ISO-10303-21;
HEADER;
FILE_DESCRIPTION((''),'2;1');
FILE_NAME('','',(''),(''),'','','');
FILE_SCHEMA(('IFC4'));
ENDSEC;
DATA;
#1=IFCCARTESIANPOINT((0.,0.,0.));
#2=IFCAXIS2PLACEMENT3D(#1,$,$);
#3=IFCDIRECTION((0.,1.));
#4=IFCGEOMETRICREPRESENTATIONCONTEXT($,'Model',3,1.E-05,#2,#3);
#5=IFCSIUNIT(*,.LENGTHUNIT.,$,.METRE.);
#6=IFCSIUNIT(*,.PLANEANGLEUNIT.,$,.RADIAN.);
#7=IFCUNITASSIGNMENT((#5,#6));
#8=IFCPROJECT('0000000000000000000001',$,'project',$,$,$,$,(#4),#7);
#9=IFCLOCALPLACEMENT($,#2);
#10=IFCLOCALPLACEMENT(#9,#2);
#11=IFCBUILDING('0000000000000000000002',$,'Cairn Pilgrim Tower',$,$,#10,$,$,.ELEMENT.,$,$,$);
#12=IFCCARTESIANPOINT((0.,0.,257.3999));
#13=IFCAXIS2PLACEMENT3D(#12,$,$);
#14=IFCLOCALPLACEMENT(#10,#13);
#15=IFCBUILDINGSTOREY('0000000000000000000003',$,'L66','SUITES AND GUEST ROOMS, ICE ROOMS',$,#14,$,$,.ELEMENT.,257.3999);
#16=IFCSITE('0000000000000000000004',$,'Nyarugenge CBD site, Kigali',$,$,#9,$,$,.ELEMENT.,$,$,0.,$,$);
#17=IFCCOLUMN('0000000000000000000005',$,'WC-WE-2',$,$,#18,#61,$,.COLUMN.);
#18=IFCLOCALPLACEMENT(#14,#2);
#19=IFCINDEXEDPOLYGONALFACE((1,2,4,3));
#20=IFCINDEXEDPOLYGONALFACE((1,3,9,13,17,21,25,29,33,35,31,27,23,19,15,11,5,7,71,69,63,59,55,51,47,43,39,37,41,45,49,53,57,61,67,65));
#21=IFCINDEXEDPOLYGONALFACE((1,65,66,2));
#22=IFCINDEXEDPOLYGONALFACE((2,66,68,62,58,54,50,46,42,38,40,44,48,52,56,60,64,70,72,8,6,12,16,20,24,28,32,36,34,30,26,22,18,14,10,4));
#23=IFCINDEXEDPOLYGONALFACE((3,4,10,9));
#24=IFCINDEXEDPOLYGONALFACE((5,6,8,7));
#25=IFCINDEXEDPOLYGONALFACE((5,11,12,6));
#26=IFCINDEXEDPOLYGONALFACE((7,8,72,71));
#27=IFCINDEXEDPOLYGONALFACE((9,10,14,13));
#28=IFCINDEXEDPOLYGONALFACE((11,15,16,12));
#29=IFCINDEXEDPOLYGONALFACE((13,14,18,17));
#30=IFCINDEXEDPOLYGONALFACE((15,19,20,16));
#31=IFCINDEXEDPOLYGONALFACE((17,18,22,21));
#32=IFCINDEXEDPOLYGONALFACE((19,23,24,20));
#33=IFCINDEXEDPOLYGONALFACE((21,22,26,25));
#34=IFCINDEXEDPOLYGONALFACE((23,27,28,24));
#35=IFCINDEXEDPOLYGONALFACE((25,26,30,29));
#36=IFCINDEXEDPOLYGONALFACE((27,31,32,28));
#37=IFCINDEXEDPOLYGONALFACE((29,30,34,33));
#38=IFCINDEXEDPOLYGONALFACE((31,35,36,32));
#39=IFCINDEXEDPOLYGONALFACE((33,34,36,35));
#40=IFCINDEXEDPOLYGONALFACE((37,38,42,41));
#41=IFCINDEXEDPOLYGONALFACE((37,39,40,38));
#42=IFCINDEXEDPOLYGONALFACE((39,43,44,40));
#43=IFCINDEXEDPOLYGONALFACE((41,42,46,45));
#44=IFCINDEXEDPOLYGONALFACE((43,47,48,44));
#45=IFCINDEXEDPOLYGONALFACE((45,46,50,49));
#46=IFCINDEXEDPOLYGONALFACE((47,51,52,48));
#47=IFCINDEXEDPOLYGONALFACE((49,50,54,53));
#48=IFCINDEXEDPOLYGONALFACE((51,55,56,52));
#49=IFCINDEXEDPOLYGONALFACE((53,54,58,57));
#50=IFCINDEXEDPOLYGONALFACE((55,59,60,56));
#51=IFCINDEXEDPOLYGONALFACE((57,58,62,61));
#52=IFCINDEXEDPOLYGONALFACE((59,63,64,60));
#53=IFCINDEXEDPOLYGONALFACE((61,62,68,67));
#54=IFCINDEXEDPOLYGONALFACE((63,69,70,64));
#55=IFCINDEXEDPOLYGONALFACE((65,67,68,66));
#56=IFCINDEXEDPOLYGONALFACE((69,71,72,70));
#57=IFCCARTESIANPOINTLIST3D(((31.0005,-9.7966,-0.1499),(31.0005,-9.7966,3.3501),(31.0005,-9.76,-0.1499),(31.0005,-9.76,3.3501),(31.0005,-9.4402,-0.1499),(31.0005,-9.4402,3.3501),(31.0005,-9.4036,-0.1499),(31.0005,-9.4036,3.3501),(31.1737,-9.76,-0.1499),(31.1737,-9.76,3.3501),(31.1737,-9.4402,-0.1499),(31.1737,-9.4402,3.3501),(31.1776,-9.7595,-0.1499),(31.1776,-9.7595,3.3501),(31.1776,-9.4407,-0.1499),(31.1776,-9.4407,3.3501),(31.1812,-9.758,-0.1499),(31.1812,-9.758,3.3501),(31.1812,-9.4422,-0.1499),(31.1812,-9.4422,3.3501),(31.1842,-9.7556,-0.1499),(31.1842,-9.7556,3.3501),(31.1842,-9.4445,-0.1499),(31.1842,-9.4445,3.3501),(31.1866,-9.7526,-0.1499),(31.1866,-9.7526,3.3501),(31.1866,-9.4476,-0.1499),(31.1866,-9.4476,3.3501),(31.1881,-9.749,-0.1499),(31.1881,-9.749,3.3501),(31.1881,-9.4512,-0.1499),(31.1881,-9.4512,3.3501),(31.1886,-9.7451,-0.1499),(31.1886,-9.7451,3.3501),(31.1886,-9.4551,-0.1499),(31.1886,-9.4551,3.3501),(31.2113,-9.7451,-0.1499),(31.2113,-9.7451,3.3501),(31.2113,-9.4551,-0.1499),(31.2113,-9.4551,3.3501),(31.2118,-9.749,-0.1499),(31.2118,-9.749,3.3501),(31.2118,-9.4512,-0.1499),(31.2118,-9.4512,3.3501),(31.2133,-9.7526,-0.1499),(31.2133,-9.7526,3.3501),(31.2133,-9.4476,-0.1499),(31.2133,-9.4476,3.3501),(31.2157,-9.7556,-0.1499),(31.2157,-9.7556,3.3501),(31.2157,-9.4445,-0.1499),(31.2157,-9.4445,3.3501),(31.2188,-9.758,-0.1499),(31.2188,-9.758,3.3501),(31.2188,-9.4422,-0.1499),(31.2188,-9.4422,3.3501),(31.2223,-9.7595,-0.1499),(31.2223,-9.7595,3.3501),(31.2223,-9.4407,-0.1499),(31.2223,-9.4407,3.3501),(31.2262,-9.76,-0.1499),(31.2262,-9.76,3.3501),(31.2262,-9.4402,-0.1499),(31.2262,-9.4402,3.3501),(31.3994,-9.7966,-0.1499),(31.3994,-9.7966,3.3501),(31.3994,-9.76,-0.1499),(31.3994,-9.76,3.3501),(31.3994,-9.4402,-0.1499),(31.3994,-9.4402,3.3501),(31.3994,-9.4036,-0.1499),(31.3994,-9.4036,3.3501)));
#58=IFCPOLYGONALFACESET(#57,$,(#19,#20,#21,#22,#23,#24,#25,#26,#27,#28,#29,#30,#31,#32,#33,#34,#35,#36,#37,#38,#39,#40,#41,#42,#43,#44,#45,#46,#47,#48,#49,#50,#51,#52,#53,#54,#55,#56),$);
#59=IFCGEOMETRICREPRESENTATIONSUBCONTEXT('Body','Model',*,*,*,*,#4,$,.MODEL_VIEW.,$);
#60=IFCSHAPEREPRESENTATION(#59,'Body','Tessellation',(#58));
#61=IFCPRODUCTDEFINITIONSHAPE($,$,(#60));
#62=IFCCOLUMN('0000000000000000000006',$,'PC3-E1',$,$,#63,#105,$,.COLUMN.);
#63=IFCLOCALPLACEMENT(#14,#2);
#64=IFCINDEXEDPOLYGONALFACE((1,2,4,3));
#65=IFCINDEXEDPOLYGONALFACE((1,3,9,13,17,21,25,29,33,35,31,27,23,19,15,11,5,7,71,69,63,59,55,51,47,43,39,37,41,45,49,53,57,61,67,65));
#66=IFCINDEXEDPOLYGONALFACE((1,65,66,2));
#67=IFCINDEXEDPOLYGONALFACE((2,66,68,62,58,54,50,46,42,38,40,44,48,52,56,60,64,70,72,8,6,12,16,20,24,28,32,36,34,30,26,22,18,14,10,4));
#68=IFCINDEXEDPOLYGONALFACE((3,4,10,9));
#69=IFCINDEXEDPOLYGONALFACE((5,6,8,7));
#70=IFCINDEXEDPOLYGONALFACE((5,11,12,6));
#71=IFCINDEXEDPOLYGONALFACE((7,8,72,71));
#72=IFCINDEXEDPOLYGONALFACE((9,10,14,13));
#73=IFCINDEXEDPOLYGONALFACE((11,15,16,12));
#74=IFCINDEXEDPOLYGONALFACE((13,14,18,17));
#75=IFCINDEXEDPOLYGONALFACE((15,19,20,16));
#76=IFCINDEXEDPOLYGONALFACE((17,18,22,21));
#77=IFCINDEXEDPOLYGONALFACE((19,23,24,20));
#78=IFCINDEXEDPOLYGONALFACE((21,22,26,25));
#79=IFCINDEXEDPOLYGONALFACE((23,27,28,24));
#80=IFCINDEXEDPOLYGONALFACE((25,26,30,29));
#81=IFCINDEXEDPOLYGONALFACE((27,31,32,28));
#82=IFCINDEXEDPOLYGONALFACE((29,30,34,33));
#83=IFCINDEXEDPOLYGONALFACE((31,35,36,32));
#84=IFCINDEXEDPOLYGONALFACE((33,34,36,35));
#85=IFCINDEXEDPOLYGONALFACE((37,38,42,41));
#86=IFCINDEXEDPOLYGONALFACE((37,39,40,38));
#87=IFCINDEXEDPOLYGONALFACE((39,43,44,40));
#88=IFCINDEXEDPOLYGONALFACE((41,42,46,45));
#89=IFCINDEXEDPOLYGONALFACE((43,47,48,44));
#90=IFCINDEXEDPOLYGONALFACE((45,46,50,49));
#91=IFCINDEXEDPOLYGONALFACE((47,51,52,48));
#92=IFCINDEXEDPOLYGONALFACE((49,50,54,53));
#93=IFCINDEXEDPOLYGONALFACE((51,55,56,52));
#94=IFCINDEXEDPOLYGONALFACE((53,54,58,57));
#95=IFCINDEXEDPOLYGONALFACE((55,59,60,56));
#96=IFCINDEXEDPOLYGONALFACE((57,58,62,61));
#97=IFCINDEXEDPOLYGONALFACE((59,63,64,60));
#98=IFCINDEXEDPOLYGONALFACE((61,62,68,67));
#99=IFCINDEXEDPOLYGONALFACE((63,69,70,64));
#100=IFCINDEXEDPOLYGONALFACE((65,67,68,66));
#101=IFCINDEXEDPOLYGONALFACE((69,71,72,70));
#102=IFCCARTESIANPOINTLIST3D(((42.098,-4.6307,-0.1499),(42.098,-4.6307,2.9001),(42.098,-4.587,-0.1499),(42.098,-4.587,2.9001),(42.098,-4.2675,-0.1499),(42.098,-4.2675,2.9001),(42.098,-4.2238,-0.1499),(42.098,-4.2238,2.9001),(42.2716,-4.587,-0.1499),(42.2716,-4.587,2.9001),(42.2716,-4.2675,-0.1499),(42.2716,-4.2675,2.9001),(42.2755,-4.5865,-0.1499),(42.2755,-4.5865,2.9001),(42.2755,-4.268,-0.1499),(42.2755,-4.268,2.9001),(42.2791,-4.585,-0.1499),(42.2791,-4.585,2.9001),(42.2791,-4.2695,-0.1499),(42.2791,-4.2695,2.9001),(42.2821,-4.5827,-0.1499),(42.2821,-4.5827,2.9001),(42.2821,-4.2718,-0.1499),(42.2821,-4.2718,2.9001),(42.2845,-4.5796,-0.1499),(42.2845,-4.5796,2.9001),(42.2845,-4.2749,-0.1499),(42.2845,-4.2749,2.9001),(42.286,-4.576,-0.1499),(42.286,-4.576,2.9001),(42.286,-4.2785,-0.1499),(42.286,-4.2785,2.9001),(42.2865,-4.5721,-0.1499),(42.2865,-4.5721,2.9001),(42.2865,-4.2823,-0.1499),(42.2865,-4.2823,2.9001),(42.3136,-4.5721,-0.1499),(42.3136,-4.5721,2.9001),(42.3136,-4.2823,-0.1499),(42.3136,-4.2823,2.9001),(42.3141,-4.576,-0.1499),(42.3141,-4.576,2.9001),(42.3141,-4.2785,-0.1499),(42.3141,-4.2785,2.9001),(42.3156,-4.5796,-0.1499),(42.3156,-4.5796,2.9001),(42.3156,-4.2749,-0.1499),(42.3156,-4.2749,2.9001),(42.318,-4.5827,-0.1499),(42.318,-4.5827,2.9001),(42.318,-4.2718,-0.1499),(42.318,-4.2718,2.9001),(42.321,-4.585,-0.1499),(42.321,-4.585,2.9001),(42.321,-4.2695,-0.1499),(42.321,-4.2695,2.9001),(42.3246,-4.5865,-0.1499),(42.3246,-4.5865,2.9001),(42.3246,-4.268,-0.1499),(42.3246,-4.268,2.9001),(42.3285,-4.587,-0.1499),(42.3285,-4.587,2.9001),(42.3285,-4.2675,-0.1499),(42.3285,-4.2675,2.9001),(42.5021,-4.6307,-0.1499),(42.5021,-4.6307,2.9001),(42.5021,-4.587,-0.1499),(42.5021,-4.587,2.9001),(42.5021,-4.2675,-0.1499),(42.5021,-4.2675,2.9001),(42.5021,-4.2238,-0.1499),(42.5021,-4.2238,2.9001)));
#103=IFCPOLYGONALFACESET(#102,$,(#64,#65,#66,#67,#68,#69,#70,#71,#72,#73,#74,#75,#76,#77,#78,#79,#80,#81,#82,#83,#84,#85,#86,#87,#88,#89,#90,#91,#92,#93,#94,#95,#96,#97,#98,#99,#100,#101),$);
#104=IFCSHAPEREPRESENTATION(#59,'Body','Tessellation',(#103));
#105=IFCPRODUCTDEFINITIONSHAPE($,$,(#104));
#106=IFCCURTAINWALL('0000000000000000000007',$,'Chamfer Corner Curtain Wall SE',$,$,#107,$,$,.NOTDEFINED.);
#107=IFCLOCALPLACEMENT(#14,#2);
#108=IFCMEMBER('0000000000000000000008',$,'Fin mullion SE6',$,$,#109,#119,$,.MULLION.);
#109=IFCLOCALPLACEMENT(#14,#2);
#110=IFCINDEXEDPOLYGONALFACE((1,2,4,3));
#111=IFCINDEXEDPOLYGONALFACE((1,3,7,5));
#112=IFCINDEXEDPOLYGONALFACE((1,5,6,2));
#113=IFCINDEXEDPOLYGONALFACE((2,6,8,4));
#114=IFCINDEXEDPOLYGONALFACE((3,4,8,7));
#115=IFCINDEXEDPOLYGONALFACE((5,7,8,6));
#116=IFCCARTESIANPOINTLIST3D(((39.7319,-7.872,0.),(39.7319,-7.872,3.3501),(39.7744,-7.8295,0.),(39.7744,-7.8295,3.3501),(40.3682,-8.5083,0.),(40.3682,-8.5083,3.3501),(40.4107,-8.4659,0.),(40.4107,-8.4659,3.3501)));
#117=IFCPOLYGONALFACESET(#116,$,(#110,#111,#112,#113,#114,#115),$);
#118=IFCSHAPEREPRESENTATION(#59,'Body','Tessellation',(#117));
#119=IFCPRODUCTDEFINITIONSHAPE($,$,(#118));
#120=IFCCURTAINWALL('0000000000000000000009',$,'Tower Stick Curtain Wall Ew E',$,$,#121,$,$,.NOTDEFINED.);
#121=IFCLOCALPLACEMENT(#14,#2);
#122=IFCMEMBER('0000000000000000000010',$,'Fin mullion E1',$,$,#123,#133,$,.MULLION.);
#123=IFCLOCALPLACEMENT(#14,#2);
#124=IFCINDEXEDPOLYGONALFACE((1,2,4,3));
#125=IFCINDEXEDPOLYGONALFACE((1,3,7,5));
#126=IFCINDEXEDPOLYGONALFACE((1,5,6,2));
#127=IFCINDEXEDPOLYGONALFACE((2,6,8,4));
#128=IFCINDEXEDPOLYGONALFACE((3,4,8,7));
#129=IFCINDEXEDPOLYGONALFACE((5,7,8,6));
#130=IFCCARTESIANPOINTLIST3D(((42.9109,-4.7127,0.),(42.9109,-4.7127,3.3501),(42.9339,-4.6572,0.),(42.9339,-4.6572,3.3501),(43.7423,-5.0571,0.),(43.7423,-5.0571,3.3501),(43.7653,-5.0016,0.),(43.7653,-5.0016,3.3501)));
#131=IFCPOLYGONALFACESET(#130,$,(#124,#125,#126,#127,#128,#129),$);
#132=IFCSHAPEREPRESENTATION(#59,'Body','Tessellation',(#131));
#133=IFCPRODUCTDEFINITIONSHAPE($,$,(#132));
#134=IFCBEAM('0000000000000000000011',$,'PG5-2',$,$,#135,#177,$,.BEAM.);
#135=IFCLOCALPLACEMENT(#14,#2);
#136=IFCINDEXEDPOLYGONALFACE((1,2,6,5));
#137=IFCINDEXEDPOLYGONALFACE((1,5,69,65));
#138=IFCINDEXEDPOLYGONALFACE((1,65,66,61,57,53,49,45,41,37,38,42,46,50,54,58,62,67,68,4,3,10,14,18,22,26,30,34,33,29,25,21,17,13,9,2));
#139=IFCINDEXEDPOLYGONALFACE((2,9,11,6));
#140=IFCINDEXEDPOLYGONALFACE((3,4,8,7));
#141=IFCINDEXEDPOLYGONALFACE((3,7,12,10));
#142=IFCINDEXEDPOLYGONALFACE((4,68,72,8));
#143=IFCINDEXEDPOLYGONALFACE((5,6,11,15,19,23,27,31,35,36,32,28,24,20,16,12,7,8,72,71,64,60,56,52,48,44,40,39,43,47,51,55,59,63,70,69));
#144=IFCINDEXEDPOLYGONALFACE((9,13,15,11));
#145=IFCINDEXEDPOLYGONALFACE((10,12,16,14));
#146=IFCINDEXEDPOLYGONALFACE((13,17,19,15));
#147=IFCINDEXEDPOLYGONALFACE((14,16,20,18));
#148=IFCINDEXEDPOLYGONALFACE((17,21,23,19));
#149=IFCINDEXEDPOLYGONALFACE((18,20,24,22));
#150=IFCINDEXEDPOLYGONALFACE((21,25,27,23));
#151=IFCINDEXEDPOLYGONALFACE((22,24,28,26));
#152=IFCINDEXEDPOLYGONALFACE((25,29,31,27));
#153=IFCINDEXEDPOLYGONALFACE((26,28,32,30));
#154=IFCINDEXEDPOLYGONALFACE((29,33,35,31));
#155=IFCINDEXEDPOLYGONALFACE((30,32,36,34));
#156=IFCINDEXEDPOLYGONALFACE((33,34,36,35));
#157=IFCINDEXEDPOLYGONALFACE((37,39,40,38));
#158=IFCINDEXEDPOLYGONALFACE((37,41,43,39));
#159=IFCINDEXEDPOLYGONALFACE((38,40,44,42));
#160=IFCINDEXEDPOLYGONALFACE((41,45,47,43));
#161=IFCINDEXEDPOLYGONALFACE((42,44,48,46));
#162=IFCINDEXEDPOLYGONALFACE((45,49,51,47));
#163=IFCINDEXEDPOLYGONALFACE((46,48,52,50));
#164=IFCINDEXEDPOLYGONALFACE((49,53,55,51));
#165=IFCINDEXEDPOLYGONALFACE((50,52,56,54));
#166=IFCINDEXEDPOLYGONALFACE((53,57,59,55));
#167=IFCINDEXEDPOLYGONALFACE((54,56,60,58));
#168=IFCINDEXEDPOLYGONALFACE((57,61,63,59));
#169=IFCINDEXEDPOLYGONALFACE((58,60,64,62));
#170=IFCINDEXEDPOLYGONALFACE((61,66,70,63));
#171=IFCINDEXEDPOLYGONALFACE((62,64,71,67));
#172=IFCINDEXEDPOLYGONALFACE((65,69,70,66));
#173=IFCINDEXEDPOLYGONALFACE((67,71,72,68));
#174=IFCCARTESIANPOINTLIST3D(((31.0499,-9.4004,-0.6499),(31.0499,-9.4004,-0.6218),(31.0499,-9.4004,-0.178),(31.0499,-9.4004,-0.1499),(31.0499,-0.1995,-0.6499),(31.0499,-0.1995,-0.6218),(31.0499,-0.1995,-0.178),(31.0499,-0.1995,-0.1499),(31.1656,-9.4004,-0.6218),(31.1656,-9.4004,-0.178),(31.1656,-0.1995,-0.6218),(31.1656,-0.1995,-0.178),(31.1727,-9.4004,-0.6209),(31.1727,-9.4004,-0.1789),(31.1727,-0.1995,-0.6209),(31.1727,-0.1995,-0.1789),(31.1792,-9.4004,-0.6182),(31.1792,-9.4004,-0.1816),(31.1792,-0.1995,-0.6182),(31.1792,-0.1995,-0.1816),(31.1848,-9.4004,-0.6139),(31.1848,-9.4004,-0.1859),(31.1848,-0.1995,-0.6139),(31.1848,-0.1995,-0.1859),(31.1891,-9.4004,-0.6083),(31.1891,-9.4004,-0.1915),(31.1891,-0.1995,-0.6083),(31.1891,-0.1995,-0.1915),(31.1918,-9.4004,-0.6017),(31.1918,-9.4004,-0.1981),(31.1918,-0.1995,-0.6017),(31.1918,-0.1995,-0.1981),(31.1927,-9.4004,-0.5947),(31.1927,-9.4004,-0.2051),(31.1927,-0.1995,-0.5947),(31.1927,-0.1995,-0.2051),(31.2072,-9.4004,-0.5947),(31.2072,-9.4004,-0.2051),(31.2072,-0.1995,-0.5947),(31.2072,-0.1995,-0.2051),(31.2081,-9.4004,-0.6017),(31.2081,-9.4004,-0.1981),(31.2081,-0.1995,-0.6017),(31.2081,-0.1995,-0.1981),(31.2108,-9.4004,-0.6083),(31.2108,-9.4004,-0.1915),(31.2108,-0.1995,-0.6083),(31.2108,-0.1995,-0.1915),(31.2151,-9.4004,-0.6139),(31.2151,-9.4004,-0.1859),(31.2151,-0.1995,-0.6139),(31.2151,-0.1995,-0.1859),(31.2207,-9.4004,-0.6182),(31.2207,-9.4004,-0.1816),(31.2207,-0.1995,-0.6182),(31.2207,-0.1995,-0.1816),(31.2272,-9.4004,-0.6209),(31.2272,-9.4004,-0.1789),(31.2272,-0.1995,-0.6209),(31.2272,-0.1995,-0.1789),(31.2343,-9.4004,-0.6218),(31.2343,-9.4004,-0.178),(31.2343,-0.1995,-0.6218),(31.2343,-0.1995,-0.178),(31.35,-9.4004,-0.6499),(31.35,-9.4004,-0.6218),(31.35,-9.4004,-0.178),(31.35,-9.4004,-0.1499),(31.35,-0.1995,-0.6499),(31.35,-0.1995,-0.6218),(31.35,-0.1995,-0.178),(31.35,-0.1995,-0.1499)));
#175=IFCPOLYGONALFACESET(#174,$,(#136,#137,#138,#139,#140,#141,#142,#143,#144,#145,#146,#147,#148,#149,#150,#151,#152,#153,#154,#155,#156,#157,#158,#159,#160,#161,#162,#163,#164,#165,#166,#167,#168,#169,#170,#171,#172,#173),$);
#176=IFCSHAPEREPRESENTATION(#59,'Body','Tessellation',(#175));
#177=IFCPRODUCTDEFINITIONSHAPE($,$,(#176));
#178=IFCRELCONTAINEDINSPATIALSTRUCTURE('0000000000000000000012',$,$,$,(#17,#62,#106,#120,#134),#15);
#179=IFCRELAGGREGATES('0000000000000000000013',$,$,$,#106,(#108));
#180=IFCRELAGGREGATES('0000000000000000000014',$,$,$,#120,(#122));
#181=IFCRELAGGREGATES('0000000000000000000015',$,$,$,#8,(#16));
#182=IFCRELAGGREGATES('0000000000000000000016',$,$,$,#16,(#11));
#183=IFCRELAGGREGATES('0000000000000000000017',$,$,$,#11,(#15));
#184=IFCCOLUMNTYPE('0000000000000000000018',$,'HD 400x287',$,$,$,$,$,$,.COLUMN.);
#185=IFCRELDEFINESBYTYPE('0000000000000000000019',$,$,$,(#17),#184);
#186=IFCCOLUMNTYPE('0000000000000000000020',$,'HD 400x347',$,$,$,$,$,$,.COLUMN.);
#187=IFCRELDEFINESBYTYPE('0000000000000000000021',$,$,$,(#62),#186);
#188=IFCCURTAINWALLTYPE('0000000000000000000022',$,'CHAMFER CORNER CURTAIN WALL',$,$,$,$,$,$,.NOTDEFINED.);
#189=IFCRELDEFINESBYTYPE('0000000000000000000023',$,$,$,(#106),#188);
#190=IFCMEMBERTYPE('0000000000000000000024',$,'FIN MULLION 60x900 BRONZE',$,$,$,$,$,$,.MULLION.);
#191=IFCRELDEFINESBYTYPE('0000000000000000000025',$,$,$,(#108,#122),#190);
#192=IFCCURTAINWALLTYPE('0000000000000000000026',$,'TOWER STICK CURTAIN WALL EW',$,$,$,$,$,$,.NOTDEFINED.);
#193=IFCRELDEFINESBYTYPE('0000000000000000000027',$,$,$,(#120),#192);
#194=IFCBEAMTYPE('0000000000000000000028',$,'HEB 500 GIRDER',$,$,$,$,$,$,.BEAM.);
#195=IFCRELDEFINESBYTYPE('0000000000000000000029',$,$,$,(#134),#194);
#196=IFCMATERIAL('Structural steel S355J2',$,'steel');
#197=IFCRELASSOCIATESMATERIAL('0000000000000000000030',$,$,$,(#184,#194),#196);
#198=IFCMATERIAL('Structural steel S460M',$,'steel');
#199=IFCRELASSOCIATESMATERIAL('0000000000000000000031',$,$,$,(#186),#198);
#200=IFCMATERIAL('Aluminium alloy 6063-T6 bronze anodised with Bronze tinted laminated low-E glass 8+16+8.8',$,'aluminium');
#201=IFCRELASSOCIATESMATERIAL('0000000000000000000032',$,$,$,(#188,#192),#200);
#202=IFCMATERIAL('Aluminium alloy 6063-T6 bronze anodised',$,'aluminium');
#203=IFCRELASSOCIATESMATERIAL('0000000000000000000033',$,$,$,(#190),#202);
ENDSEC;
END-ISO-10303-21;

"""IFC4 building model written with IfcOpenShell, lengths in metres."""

from ifc_helpers import new_model, si_unit, direction, frame, origin, origin_2d, place, context, subcontext, project, spatial, rectangle, i_section, extrude, clip, halfspace, material, material_profile, profile_set, type_object, element, aggregate, save


model = new_model("IFC4")

# Units and contexts
model_context = context("Model", 3, precision=1e-05, world=origin(), true_north=direction((0.0, 1.0)))
body_context = subcontext(model_context, "Body", "Model", "MODEL_VIEW")
ifc_project = project(units=[si_unit("LENGTHUNIT", "METRE"), si_unit("PLANEANGLEUNIT", "RADIAN")], contexts=[model_context])

# Site, building, storey
site_placement = place(None, origin())
site = spatial("IfcSite", under=ifc_project, at=site_placement, Name="Nyarugenge CBD site, Kigali", CompositionType="ELEMENT", RefElevation=0.0)
building_placement = place(site_placement, origin())
building = spatial("IfcBuilding", under=site, at=building_placement, Name="Cairn Pilgrim Tower", CompositionType="ELEMENT")
storey_placement = place(building_placement, frame((0.0, 0.0, 257.3999)))
storey = spatial("IfcBuildingStorey", under=building, at=storey_placement, Name="L66", Description="SUITES AND GUEST ROOMS, ICE ROOMS", CompositionType="ELEMENT", Elevation=257.3999)

# Columns
ifc_material_1 = material(Name="Structural steel S355J2", Category="steel")
ifc_material_profile_1 = material_profile(ifc_material_1, i_section(OverallWidth=0.3989, OverallDepth=0.3931, WebThickness=0.0227, FlangeThickness=0.0366, FilletRadius=0.0149, at=origin_2d()), Name="HD 400x287")
ifc_profile_set_1 = profile_set([ifc_material_profile_1], Name="Structural steel S355J2")
column_type_1 = type_object("IfcColumnType", Name="HD 400x287", PredefinedType="COLUMN", material=ifc_profile_set_1)
column_1_placement = place(storey_placement, frame((31.2, -9.6001, -0.1499), z_axis=(0.0, 0.0, 1.0), x_axis=(1.0, 0.0, 0.0)))
element("IfcColumn", 1, at=column_1_placement, inside=storey, type_object=column_type_1, Name="WC-WE-2", PredefinedType="COLUMN", context=body_context, shape_type="SweptSolid", body=[
    extrude(i_section(OverallWidth=0.3989, OverallDepth=0.3931, WebThickness=0.0227, FlangeThickness=0.0366, FilletRadius=0.0149, at=origin_2d()), origin(), (0.0, 0.0, 1.0), 3.5),
])
ifc_material_2 = material(Name="Structural steel S460M", Category="steel")
ifc_material_profile_2 = material_profile(ifc_material_2, i_section(OverallWidth=0.4041, OverallDepth=0.407, WebThickness=0.0271, FlangeThickness=0.0437, FilletRadius=0.0149, at=origin_2d()), Name="HD 400x347")
ifc_profile_set_2 = profile_set([ifc_material_profile_2], Name="Structural steel S460M")
column_type_2 = type_object("IfcColumnType", Name="HD 400x347", PredefinedType="COLUMN", material=ifc_profile_set_2)
column_2_placement = place(storey_placement, frame((42.3, -4.4272, -0.1499), z_axis=(0.0, 0.0, 1.0), x_axis=(1.0, 0.0, 0.0)))
element("IfcColumn", 2, at=column_2_placement, inside=storey, type_object=column_type_2, Name="PC3-E1", PredefinedType="COLUMN", context=body_context, shape_type="Clipping", body=[
    clip(extrude(i_section(OverallWidth=0.4041, OverallDepth=0.407, WebThickness=0.0271, FlangeThickness=0.0437, FilletRadius=0.0149, at=origin_2d()), origin(), (0.0, 0.0, 1.0), 3.5), halfspace(frame((0.0, 0.0, 3.05), z_axis=(0.0, 0.0, 1.0), x_axis=(1.0, 0.0, 0.0)), False)),
])

# Curtain walls, members
ifc_material_3 = material(Name="Aluminium alloy 6063-T6 bronze anodised with Bronze tinted laminated low-E glass 8+16+8.8", Category="aluminium")
curtain_wall_type_1 = type_object("IfcCurtainWallType", Name="CHAMFER CORNER CURTAIN WALL", PredefinedType="NOTDEFINED", material=ifc_material_3)
curtain_wall_1_placement = place(storey_placement, origin())
curtain_wall_1 = element("IfcCurtainWall", 3, at=curtain_wall_1_placement, inside=storey, type_object=curtain_wall_type_1, Name="Chamfer Corner Curtain Wall SE", PredefinedType="NOTDEFINED")
ifc_material_4 = material(Name="Aluminium alloy 6063-T6 bronze anodised", Category="aluminium")
ifc_material_profile_3 = material_profile(ifc_material_4, rectangle(XDim=0.8999, YDim=0.0601, at=origin_2d()), Name="FIN MULLION 60x900 BRONZE")
ifc_profile_set_3 = profile_set([ifc_material_profile_3], Name="Aluminium alloy 6063-T6 bronze anodised")
member_type_1 = type_object("IfcMemberType", Name="FIN MULLION 60x900 BRONZE", PredefinedType="MULLION", material=ifc_profile_set_3)
member_1_placement = place(storey_placement, frame((40.0713, -8.1689, 0.0), z_axis=(0.0, 0.0, 1.0), x_axis=(0.707107, -0.707107, 0.0)))
member_1 = element("IfcMember", 4, at=member_1_placement, type_object=member_type_1, Name="Fin mullion SE6", PredefinedType="MULLION", context=body_context, shape_type="SweptSolid", body=[
    extrude(rectangle(XDim=0.8999, YDim=0.0601, at=origin_2d()), origin(), (0.0, 0.0, 1.0), 3.3501),
])
aggregate(curtain_wall_1, [member_1])
curtain_wall_type_2 = type_object("IfcCurtainWallType", Name="TOWER STICK CURTAIN WALL EW", PredefinedType="NOTDEFINED", material=ifc_material_3)
curtain_wall_2_placement = place(storey_placement, origin())
curtain_wall_2 = element("IfcCurtainWall", 5, at=curtain_wall_2_placement, inside=storey, type_object=curtain_wall_type_2, Name="Tower Stick Curtain Wall Ew E", PredefinedType="NOTDEFINED")
member_2_placement = place(storey_placement, frame((43.3381, -4.8572, 0.0), z_axis=(0.0, 0.0, 1.0), x_axis=(0.92388, -0.382683, 0.0)))
member_2 = element("IfcMember", 6, at=member_2_placement, type_object=member_type_1, Name="Fin mullion E1", PredefinedType="MULLION", context=body_context, shape_type="SweptSolid", body=[
    extrude(rectangle(XDim=0.8999, YDim=0.0601, at=origin_2d()), origin(), (0.0, 0.0, 1.0), 3.3501),
])

# Beam
ifc_material_profile_4 = material_profile(ifc_material_1, i_section(OverallWidth=0.3, OverallDepth=0.5, WebThickness=0.0144, FlangeThickness=0.0281, FilletRadius=0.0271, at=origin_2d()), Name="HEB 500")
ifc_profile_set_4 = profile_set([ifc_material_profile_4], Name="Structural steel S355J2")
beam_type_1 = type_object("IfcBeamType", Name="HEB 500 GIRDER", PredefinedType="BEAM", material=ifc_profile_set_4)
beam_1_placement = place(storey_placement, frame((31.2, -9.4004, -0.3999), z_axis=(0.0, 1.0, 0.0), x_axis=(-1.0, 0.0, 0.0)))
element("IfcBeam", 7, at=beam_1_placement, inside=storey, type_object=beam_type_1, Name="PG5-2", PredefinedType="BEAM", context=body_context, shape_type="SweptSolid", body=[
    extrude(i_section(OverallWidth=0.3, OverallDepth=0.5, WebThickness=0.0144, FlangeThickness=0.0281, FilletRadius=0.0271, at=origin_2d()), origin(), (0.0, 0.0, 1.0), 9.2009),
])

aggregate(curtain_wall_2, [member_2])

save(model, "model.ifc")
